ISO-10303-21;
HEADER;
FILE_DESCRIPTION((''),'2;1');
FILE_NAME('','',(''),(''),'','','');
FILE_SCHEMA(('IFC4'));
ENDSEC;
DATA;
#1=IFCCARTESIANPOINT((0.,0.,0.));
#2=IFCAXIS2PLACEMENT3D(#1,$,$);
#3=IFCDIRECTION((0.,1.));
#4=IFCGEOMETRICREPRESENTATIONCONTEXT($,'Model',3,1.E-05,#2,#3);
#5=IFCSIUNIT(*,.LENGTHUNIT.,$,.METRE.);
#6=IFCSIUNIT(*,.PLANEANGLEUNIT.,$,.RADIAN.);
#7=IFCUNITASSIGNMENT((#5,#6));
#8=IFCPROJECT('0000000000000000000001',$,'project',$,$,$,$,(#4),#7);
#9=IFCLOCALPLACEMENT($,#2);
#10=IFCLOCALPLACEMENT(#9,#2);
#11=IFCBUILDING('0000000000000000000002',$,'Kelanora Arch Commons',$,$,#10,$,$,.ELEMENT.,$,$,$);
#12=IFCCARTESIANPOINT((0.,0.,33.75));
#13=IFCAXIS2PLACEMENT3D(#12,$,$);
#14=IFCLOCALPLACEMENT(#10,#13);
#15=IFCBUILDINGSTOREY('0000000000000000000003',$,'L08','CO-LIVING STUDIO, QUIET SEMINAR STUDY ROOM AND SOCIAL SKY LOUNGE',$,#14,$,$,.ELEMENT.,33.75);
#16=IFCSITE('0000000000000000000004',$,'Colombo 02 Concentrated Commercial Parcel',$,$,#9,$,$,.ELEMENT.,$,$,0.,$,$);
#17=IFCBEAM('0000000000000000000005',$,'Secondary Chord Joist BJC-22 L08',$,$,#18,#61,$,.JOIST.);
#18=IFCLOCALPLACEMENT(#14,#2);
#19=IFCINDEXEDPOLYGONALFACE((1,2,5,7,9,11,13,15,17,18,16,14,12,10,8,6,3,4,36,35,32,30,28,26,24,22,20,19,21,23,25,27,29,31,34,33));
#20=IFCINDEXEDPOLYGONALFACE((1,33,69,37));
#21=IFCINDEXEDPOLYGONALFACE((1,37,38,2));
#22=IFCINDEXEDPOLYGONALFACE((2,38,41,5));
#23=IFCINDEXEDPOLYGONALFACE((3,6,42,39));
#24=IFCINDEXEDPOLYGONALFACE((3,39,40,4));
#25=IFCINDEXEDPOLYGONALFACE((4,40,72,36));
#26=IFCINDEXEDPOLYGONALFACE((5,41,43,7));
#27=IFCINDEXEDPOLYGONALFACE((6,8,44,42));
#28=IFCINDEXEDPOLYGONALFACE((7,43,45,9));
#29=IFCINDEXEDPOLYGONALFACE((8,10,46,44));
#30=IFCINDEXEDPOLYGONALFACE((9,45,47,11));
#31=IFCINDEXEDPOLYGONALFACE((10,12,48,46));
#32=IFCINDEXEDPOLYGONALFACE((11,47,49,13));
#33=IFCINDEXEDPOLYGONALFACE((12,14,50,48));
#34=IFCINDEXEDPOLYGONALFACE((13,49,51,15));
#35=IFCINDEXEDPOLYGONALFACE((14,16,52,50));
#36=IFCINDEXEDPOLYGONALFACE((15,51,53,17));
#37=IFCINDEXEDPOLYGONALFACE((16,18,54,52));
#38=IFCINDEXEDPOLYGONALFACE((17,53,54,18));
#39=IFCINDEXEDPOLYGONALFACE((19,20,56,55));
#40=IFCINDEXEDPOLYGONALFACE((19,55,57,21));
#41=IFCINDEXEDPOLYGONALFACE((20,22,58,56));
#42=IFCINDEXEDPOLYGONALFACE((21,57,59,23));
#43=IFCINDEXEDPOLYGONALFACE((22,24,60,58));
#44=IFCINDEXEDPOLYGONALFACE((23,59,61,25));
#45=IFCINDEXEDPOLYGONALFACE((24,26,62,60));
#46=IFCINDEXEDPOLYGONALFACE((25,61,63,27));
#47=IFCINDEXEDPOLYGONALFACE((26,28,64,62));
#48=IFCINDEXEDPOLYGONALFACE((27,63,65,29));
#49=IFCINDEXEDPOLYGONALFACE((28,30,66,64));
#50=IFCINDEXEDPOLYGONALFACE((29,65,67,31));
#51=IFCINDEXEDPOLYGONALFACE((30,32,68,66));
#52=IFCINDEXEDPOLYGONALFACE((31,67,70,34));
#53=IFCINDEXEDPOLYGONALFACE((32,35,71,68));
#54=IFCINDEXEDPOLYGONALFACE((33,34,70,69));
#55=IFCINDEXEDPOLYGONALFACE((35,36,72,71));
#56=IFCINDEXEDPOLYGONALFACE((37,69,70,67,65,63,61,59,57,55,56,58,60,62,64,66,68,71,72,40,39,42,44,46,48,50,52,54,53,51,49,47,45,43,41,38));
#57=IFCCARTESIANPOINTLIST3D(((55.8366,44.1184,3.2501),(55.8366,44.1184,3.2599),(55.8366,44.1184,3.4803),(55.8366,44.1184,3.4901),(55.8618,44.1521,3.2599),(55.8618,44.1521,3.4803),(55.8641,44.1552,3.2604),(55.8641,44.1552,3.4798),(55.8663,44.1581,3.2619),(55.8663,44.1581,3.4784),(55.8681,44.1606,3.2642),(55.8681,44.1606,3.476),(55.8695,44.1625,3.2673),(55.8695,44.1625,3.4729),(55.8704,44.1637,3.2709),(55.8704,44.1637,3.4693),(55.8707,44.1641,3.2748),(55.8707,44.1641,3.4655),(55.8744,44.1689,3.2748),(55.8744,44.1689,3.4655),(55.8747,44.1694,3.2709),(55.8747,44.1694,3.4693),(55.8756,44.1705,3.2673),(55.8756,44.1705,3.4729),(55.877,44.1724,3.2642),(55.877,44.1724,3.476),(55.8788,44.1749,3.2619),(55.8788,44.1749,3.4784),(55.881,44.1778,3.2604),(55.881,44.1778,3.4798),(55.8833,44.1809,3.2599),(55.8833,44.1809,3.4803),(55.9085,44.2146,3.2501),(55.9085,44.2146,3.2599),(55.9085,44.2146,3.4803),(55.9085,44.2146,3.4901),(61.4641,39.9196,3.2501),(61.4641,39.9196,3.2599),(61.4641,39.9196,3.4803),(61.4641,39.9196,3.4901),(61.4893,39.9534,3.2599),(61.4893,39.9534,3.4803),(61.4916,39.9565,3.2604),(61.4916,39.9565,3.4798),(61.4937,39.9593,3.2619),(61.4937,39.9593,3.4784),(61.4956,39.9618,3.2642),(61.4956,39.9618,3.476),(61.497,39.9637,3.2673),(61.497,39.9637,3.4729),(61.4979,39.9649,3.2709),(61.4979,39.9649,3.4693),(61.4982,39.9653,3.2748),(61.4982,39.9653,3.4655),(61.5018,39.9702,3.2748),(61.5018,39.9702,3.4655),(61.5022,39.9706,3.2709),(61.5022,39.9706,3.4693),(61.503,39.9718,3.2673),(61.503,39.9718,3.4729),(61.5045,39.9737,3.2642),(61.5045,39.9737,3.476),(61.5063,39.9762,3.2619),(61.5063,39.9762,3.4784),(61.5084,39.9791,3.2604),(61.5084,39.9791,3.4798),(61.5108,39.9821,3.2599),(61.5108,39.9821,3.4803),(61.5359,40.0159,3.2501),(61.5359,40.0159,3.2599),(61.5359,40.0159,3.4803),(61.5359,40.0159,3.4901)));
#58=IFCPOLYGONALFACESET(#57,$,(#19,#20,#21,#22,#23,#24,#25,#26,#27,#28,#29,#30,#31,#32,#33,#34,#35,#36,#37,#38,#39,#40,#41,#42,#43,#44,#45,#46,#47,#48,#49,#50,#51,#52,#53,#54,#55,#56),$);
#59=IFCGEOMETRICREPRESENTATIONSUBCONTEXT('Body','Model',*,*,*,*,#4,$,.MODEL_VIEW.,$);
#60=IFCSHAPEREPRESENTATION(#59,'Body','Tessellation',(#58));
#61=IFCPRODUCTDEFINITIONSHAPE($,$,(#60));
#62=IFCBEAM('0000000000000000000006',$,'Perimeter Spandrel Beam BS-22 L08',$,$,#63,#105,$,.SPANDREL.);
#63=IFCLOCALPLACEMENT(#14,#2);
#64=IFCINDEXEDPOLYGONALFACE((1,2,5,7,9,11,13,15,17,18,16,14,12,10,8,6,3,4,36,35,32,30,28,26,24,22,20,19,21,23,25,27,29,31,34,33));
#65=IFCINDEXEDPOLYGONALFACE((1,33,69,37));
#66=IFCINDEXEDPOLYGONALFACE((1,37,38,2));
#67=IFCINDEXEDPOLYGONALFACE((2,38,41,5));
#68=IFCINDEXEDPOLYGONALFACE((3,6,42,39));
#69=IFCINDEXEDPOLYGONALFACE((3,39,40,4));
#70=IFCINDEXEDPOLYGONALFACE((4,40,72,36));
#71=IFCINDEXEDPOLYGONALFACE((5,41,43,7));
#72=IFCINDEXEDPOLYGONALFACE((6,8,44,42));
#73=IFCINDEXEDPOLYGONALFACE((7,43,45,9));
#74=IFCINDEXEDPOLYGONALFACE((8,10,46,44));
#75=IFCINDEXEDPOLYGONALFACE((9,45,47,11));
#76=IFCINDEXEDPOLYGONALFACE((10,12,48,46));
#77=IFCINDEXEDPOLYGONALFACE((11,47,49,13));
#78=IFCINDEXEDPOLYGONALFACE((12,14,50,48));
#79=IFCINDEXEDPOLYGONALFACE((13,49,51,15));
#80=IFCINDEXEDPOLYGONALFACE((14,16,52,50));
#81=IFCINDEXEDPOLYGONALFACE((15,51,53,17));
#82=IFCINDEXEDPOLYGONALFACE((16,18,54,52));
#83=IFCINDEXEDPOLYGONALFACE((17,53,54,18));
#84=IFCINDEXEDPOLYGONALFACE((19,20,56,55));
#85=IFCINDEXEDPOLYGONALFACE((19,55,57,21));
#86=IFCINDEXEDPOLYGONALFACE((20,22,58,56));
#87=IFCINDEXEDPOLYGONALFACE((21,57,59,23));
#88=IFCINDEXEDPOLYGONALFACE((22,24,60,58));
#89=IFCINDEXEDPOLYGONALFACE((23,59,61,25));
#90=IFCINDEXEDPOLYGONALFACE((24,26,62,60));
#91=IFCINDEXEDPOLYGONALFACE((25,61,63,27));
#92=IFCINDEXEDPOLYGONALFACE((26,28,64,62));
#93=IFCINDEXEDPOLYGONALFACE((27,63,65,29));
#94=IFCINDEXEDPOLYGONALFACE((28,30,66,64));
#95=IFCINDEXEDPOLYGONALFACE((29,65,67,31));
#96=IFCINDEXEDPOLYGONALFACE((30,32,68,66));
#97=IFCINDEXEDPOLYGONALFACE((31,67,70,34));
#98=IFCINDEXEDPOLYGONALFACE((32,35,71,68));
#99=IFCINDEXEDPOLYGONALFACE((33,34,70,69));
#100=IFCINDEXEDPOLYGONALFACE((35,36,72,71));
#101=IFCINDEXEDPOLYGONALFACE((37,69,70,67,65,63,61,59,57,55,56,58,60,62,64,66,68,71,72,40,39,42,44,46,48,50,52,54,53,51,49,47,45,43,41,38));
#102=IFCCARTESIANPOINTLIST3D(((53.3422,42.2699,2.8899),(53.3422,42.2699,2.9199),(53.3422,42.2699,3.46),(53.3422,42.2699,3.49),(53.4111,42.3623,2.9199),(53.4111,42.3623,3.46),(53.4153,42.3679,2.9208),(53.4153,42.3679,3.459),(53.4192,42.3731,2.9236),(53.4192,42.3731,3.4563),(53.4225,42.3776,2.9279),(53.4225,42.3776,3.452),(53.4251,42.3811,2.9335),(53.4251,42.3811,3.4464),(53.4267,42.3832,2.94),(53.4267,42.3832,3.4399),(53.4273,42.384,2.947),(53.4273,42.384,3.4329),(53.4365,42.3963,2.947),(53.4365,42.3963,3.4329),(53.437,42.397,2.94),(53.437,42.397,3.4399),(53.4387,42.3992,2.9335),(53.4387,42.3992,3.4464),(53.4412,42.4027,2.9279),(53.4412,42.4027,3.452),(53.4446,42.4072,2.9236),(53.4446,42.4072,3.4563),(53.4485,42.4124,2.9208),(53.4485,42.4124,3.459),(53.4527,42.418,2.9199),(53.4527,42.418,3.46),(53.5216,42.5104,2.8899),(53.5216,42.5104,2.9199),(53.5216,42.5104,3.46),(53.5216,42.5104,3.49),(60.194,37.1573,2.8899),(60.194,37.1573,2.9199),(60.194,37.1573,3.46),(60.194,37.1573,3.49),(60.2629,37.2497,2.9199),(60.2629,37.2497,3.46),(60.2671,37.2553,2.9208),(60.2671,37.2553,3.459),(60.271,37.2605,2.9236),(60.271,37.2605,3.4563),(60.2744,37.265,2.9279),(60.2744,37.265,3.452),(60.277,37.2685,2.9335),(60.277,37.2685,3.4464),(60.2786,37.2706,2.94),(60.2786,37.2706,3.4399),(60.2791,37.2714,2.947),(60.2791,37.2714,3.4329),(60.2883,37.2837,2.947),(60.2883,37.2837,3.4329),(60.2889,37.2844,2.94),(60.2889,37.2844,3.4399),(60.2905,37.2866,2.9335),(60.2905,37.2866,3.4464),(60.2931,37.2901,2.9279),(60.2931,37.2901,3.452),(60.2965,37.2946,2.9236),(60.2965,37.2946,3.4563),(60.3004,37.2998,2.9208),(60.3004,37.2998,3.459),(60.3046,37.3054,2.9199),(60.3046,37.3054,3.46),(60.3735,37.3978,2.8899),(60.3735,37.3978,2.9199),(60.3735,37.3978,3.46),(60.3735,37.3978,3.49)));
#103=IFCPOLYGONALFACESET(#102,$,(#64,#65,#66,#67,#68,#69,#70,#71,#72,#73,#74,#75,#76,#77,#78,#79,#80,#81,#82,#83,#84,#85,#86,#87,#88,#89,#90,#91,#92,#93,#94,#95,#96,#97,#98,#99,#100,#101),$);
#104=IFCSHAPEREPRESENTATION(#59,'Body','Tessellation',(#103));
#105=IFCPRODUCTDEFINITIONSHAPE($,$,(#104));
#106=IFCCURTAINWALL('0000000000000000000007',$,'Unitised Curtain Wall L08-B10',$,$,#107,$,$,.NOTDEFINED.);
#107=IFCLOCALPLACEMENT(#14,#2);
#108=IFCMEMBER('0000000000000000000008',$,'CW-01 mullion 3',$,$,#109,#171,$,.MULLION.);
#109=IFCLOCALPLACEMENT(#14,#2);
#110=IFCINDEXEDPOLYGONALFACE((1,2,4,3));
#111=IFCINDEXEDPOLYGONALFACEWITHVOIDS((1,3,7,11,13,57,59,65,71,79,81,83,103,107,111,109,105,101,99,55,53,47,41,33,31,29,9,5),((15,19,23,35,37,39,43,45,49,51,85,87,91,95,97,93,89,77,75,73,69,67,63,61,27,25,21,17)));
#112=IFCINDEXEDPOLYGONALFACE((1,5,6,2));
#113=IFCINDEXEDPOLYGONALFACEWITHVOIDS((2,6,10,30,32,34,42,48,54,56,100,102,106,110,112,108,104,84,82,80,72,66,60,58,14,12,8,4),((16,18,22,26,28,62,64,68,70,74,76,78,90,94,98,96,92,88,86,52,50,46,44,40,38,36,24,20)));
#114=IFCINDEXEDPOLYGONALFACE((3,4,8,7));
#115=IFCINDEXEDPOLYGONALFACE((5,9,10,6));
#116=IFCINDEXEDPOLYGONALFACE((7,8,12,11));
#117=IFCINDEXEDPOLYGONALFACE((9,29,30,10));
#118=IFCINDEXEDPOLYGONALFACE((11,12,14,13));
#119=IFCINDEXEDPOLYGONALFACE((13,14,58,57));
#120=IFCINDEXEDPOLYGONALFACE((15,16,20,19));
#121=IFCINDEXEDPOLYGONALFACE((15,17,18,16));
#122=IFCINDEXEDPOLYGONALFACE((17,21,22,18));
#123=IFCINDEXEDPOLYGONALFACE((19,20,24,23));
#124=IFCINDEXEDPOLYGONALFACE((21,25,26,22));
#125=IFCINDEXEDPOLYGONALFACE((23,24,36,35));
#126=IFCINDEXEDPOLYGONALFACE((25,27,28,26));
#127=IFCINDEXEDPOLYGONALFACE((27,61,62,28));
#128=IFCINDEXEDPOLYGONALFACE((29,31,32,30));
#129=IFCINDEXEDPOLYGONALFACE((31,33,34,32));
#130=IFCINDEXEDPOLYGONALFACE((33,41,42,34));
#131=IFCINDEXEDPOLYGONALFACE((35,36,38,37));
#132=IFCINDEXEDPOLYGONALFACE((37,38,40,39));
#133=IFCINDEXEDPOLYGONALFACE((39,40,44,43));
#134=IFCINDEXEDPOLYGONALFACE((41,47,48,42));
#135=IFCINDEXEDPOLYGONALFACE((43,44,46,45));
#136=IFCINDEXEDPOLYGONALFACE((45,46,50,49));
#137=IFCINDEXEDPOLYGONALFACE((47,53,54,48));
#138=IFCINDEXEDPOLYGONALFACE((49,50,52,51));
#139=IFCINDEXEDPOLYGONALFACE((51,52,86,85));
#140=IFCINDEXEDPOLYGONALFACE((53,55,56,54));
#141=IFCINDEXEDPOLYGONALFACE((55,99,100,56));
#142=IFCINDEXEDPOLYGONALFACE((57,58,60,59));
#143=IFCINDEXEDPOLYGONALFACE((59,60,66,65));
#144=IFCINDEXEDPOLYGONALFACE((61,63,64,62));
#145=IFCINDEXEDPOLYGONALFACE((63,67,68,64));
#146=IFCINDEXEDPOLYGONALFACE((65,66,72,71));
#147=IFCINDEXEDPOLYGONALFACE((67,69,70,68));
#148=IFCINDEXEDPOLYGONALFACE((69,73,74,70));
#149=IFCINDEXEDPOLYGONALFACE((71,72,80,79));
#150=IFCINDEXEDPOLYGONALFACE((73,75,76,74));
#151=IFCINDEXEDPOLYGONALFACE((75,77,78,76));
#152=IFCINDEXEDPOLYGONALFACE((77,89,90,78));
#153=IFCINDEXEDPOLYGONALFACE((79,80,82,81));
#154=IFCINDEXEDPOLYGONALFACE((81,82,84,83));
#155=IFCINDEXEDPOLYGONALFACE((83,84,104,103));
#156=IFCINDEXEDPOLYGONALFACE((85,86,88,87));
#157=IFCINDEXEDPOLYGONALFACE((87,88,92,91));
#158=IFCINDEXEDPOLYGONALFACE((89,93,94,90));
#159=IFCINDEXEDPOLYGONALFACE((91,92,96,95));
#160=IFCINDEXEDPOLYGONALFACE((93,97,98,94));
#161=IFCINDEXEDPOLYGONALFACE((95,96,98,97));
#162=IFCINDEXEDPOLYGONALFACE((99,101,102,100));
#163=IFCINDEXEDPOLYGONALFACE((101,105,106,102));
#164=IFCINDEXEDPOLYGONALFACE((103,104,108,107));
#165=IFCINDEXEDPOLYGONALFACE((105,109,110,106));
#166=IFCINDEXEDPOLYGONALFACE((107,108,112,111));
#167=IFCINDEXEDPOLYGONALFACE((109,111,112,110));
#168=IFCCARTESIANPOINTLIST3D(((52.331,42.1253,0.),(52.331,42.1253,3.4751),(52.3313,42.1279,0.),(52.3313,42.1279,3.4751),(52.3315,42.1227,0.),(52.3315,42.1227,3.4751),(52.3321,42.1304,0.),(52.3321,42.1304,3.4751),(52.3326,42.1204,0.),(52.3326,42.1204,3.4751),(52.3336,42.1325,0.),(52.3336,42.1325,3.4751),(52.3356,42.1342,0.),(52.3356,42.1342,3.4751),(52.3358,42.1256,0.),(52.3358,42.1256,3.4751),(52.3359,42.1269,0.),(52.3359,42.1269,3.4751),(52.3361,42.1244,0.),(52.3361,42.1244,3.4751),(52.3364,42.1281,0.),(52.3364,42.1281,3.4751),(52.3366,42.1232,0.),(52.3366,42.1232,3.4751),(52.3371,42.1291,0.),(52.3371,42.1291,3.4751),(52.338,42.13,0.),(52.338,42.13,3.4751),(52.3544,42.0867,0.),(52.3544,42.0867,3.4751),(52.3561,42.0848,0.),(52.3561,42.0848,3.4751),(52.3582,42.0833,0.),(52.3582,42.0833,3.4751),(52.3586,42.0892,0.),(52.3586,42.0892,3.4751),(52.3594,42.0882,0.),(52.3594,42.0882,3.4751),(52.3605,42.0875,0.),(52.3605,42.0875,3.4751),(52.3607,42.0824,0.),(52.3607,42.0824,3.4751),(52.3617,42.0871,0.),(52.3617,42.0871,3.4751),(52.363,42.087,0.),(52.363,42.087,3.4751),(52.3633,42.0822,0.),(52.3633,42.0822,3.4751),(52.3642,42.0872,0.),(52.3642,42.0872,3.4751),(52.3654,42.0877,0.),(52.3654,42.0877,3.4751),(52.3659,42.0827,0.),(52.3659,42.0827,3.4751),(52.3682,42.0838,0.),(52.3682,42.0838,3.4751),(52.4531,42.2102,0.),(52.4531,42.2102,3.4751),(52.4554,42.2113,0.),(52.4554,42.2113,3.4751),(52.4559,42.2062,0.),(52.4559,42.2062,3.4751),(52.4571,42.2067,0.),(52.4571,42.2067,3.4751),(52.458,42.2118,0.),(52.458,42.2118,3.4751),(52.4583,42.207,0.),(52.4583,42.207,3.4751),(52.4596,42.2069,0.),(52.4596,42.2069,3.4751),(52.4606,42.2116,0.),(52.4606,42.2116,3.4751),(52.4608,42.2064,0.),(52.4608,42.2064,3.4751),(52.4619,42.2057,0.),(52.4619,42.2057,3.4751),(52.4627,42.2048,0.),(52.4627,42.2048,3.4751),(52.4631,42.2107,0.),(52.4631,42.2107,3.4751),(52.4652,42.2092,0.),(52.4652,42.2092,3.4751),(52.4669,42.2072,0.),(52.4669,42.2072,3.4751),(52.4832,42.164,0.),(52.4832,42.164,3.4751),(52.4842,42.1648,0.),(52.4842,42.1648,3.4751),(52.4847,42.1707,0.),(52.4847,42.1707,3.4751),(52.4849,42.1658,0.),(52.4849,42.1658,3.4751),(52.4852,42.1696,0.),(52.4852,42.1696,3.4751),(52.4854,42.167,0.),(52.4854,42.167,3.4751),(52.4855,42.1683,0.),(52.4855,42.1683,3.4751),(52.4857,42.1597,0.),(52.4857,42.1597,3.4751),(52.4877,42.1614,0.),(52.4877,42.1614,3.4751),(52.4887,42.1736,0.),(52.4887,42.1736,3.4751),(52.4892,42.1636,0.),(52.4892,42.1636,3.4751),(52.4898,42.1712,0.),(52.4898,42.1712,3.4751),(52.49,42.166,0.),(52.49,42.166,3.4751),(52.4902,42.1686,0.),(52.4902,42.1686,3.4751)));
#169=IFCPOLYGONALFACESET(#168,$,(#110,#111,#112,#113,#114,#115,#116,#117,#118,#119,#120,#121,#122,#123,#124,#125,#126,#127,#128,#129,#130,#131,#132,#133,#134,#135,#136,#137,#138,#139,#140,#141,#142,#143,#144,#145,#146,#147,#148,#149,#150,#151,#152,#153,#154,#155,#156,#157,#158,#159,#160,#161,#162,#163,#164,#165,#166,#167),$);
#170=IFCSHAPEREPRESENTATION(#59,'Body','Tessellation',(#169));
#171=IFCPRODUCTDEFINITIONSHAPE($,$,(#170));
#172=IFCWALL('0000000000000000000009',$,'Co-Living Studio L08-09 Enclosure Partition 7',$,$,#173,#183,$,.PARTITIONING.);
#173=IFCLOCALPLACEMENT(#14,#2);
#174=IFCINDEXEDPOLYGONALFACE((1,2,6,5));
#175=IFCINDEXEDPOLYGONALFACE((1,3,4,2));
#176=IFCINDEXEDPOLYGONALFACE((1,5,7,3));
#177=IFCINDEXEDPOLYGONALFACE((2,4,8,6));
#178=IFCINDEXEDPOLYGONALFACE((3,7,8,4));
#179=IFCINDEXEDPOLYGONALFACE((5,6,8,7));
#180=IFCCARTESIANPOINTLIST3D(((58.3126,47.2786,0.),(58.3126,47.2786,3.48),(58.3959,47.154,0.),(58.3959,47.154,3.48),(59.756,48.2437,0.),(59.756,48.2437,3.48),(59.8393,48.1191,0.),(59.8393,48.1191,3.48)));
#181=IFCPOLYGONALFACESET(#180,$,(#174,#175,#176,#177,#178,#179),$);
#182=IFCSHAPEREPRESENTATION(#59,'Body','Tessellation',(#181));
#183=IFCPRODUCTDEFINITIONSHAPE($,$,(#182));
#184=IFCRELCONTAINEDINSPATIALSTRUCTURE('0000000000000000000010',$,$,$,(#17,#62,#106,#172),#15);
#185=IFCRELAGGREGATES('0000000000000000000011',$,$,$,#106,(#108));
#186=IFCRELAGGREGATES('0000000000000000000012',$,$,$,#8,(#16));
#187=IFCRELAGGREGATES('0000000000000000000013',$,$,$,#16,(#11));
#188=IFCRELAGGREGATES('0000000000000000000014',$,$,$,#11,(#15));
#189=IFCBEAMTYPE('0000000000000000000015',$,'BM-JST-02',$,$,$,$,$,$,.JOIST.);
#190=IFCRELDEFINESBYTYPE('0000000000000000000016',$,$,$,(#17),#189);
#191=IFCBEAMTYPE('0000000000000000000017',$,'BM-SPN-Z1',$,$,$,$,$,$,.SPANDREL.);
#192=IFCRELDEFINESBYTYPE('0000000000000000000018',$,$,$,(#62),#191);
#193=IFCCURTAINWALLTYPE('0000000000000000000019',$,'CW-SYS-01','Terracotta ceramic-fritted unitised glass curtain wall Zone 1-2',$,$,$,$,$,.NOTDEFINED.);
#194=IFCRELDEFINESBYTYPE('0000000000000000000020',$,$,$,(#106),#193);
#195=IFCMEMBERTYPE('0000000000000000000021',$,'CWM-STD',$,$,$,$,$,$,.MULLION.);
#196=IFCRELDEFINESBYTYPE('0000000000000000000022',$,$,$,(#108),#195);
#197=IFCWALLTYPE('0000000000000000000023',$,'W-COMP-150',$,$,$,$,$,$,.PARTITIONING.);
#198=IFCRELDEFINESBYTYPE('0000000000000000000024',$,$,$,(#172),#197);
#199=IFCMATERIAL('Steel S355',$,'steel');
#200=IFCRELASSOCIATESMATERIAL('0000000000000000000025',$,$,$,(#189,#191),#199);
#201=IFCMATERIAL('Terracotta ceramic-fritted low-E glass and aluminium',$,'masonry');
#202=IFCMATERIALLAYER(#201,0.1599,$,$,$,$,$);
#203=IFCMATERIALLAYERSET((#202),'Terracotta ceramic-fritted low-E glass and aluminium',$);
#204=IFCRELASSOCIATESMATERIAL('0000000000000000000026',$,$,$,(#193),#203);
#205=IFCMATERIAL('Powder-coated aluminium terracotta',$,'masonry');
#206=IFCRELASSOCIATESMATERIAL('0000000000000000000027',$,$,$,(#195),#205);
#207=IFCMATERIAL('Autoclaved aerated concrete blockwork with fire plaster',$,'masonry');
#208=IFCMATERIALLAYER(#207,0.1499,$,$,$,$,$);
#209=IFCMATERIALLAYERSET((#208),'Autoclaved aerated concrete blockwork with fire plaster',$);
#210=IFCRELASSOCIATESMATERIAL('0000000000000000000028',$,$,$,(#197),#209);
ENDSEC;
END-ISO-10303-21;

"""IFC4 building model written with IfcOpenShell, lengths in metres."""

from ifc_helpers import new_model, si_unit, direction, frame, frame_2d, origin, origin_2d, place, context, subcontext, project, spatial, rectangle, hollow_rectangle, i_section, extrude, material, layer, layer_set, material_profile, profile_set, type_object, element, aggregate, save


model = new_model("IFC4")

# Units and contexts
model_context = context("Model", 3, precision=1e-05, world=origin(), true_north=direction((0.0, 1.0)))
body_context = subcontext(model_context, "Body", "Model", "MODEL_VIEW")
ifc_project = project(units=[si_unit("LENGTHUNIT", "METRE"), si_unit("PLANEANGLEUNIT", "RADIAN")], contexts=[model_context])

# Site, building, storey
site_placement = place(None, origin())
site = spatial("IfcSite", under=ifc_project, at=site_placement, Name="Colombo 02 Concentrated Commercial Parcel", CompositionType="ELEMENT", RefElevation=0.0)
building_placement = place(site_placement, origin())
building = spatial("IfcBuilding", under=site, at=building_placement, Name="Kelanora Arch Commons", CompositionType="ELEMENT")
storey_placement = place(building_placement, frame((0.0, 0.0, 33.75)))
storey = spatial("IfcBuildingStorey", under=building, at=storey_placement, Name="L08", Description="CO-LIVING STUDIO, QUIET SEMINAR STUDY ROOM AND SOCIAL SKY LOUNGE", CompositionType="ELEMENT", Elevation=33.75)

# Beams
ifc_material_1 = material(Name="Steel S355", Category="steel")
ifc_material_profile_1 = material_profile(ifc_material_1, i_section(OverallWidth=0.1201, OverallDepth=0.24, WebThickness=0.0061, FlangeThickness=0.0098, FilletRadius=0.0149, at=origin_2d()), Name="IPE240")
ifc_profile_set_1 = profile_set([ifc_material_profile_1], Name="Steel S355")
beam_type_1 = type_object("IfcBeamType", Name="BM-JST-02", PredefinedType="JOIST", material=ifc_profile_set_1)
beam_1_placement = place(storey_placement, frame((55.8726, 44.1665, 3.3701), z_axis=(0.801491, -0.598006, 0.0), x_axis=(0.598006, 0.801491, 0.0)))
element("IfcBeam", 1, at=beam_1_placement, inside=storey, type_object=beam_type_1, Name="Secondary Chord Joist BJC-22 L08", PredefinedType="JOIST", context=body_context, shape_type="SweptSolid", body=[
    extrude(i_section(OverallWidth=0.1201, OverallDepth=0.24, WebThickness=0.0061, FlangeThickness=0.0098, FilletRadius=0.0149, at=origin_2d()), origin(), (0.0, 0.0, 1.0), 7.0212),
])
ifc_material_profile_2 = material_profile(ifc_material_1, i_section(OverallWidth=0.3, OverallDepth=0.6001, WebThickness=0.0154, FlangeThickness=0.03, FilletRadius=0.0271, at=origin_2d()), Name="HEB600")
ifc_profile_set_2 = profile_set([ifc_material_profile_2], Name="Steel S355")
beam_type_2 = type_object("IfcBeamType", Name="BM-SPN-Z1", PredefinedType="SPANDREL", material=ifc_profile_set_2)
beam_2_placement = place(storey_placement, frame((53.4319, 42.3901, 3.1899), z_axis=(0.801475, -0.598029, 0.0), x_axis=(0.598029, 0.801475, 0.0)))
element("IfcBeam", 2, at=beam_2_placement, inside=storey, type_object=beam_type_2, Name="Perimeter Spandrel Beam BS-22 L08", PredefinedType="SPANDREL", context=body_context, shape_type="SweptSolid", body=[
    extrude(i_section(OverallWidth=0.3, OverallDepth=0.6001, WebThickness=0.0154, FlangeThickness=0.03, FilletRadius=0.0271, at=origin_2d()), origin(), (0.0, 0.0, 1.0), 8.5491),
])

# Curtain wall, member
ifc_material_2 = material(Name="Terracotta ceramic-fritted low-E glass and aluminium", Category="masonry")
ifc_layer_1 = layer(ifc_material_2, 0.1599)
ifc_layer_set_1 = layer_set([ifc_layer_1], Name="Terracotta ceramic-fritted low-E glass and aluminium")
curtain_wall_type = type_object("IfcCurtainWallType", Name="CW-SYS-01", Description="Terracotta ceramic-fritted unitised glass curtain wall Zone 1-2", PredefinedType="NOTDEFINED", material=ifc_layer_set_1)
curtain_wall_placement = place(storey_placement, origin())
curtain_wall = element("IfcCurtainWall", 3, at=curtain_wall_placement, inside=storey, type_object=curtain_wall_type, Name="Unitised Curtain Wall L08-B10", PredefinedType="NOTDEFINED")
ifc_material_3 = material(Name="Powder-coated aluminium terracotta", Category="masonry")
ifc_material_profile_3 = material_profile(ifc_material_3, hollow_rectangle(XDim=0.1599, YDim=0.0601, WallThickness=0.0049, InnerFilletRadius=0.0049, OuterFilletRadius=0.01, at=origin_2d()), Name="CWM160x60")
ifc_profile_set_3 = profile_set([ifc_material_profile_3], Name="Powder-coated aluminium terracotta")
member_type = type_object("IfcMemberType", Name="CWM-STD", PredefinedType="MULLION", material=ifc_profile_set_3)
member_placement = place(storey_placement, frame((52.4106, 42.147, 0.0), z_axis=(0.0, 0.0, 1.0), x_axis=(0.83973, 0.543004, 0.0)))
member = element("IfcMember", 4, at=member_placement, type_object=member_type, Name="CW-01 mullion 3", PredefinedType="MULLION", context=body_context, shape_type="SweptSolid", body=[
    extrude(hollow_rectangle(XDim=0.1599, YDim=0.0601, WallThickness=0.0049, InnerFilletRadius=0.0049, OuterFilletRadius=0.01, at=origin_2d()), origin(), (0.0, 0.0, 1.0), 3.4751),
])
aggregate(curtain_wall, [member])

# Wall
ifc_material_4 = material(Name="Autoclaved aerated concrete blockwork with fire plaster", Category="masonry")
ifc_layer_2 = layer(ifc_material_4, 0.1499)
ifc_layer_set_2 = layer_set([ifc_layer_2], Name="Autoclaved aerated concrete blockwork with fire plaster")
wall_type_1 = type_object("IfcWallType", Name="W-COMP-150", PredefinedType="PARTITIONING", material=ifc_layer_set_2)
wall_1_placement = place(storey_placement, frame((58.3542, 47.2163, 0.0), z_axis=(0.0, 0.0, 1.0), x_axis=(0.831292, 0.555835, 0.0)))
element("IfcWall", 5, at=wall_1_placement, inside=storey, type_object=wall_type_1, Name="Co-Living Studio L08-09 Enclosure Partition 7", PredefinedType="PARTITIONING", context=body_context, shape_type="SweptSolid", body=[
    extrude(rectangle(XDim=1.7363, YDim=0.1499, at=frame_2d((0.8682, 0.0))), origin(), (0.0, 0.0, 1.0), 3.48),
])

save(model, "model.ifc")
